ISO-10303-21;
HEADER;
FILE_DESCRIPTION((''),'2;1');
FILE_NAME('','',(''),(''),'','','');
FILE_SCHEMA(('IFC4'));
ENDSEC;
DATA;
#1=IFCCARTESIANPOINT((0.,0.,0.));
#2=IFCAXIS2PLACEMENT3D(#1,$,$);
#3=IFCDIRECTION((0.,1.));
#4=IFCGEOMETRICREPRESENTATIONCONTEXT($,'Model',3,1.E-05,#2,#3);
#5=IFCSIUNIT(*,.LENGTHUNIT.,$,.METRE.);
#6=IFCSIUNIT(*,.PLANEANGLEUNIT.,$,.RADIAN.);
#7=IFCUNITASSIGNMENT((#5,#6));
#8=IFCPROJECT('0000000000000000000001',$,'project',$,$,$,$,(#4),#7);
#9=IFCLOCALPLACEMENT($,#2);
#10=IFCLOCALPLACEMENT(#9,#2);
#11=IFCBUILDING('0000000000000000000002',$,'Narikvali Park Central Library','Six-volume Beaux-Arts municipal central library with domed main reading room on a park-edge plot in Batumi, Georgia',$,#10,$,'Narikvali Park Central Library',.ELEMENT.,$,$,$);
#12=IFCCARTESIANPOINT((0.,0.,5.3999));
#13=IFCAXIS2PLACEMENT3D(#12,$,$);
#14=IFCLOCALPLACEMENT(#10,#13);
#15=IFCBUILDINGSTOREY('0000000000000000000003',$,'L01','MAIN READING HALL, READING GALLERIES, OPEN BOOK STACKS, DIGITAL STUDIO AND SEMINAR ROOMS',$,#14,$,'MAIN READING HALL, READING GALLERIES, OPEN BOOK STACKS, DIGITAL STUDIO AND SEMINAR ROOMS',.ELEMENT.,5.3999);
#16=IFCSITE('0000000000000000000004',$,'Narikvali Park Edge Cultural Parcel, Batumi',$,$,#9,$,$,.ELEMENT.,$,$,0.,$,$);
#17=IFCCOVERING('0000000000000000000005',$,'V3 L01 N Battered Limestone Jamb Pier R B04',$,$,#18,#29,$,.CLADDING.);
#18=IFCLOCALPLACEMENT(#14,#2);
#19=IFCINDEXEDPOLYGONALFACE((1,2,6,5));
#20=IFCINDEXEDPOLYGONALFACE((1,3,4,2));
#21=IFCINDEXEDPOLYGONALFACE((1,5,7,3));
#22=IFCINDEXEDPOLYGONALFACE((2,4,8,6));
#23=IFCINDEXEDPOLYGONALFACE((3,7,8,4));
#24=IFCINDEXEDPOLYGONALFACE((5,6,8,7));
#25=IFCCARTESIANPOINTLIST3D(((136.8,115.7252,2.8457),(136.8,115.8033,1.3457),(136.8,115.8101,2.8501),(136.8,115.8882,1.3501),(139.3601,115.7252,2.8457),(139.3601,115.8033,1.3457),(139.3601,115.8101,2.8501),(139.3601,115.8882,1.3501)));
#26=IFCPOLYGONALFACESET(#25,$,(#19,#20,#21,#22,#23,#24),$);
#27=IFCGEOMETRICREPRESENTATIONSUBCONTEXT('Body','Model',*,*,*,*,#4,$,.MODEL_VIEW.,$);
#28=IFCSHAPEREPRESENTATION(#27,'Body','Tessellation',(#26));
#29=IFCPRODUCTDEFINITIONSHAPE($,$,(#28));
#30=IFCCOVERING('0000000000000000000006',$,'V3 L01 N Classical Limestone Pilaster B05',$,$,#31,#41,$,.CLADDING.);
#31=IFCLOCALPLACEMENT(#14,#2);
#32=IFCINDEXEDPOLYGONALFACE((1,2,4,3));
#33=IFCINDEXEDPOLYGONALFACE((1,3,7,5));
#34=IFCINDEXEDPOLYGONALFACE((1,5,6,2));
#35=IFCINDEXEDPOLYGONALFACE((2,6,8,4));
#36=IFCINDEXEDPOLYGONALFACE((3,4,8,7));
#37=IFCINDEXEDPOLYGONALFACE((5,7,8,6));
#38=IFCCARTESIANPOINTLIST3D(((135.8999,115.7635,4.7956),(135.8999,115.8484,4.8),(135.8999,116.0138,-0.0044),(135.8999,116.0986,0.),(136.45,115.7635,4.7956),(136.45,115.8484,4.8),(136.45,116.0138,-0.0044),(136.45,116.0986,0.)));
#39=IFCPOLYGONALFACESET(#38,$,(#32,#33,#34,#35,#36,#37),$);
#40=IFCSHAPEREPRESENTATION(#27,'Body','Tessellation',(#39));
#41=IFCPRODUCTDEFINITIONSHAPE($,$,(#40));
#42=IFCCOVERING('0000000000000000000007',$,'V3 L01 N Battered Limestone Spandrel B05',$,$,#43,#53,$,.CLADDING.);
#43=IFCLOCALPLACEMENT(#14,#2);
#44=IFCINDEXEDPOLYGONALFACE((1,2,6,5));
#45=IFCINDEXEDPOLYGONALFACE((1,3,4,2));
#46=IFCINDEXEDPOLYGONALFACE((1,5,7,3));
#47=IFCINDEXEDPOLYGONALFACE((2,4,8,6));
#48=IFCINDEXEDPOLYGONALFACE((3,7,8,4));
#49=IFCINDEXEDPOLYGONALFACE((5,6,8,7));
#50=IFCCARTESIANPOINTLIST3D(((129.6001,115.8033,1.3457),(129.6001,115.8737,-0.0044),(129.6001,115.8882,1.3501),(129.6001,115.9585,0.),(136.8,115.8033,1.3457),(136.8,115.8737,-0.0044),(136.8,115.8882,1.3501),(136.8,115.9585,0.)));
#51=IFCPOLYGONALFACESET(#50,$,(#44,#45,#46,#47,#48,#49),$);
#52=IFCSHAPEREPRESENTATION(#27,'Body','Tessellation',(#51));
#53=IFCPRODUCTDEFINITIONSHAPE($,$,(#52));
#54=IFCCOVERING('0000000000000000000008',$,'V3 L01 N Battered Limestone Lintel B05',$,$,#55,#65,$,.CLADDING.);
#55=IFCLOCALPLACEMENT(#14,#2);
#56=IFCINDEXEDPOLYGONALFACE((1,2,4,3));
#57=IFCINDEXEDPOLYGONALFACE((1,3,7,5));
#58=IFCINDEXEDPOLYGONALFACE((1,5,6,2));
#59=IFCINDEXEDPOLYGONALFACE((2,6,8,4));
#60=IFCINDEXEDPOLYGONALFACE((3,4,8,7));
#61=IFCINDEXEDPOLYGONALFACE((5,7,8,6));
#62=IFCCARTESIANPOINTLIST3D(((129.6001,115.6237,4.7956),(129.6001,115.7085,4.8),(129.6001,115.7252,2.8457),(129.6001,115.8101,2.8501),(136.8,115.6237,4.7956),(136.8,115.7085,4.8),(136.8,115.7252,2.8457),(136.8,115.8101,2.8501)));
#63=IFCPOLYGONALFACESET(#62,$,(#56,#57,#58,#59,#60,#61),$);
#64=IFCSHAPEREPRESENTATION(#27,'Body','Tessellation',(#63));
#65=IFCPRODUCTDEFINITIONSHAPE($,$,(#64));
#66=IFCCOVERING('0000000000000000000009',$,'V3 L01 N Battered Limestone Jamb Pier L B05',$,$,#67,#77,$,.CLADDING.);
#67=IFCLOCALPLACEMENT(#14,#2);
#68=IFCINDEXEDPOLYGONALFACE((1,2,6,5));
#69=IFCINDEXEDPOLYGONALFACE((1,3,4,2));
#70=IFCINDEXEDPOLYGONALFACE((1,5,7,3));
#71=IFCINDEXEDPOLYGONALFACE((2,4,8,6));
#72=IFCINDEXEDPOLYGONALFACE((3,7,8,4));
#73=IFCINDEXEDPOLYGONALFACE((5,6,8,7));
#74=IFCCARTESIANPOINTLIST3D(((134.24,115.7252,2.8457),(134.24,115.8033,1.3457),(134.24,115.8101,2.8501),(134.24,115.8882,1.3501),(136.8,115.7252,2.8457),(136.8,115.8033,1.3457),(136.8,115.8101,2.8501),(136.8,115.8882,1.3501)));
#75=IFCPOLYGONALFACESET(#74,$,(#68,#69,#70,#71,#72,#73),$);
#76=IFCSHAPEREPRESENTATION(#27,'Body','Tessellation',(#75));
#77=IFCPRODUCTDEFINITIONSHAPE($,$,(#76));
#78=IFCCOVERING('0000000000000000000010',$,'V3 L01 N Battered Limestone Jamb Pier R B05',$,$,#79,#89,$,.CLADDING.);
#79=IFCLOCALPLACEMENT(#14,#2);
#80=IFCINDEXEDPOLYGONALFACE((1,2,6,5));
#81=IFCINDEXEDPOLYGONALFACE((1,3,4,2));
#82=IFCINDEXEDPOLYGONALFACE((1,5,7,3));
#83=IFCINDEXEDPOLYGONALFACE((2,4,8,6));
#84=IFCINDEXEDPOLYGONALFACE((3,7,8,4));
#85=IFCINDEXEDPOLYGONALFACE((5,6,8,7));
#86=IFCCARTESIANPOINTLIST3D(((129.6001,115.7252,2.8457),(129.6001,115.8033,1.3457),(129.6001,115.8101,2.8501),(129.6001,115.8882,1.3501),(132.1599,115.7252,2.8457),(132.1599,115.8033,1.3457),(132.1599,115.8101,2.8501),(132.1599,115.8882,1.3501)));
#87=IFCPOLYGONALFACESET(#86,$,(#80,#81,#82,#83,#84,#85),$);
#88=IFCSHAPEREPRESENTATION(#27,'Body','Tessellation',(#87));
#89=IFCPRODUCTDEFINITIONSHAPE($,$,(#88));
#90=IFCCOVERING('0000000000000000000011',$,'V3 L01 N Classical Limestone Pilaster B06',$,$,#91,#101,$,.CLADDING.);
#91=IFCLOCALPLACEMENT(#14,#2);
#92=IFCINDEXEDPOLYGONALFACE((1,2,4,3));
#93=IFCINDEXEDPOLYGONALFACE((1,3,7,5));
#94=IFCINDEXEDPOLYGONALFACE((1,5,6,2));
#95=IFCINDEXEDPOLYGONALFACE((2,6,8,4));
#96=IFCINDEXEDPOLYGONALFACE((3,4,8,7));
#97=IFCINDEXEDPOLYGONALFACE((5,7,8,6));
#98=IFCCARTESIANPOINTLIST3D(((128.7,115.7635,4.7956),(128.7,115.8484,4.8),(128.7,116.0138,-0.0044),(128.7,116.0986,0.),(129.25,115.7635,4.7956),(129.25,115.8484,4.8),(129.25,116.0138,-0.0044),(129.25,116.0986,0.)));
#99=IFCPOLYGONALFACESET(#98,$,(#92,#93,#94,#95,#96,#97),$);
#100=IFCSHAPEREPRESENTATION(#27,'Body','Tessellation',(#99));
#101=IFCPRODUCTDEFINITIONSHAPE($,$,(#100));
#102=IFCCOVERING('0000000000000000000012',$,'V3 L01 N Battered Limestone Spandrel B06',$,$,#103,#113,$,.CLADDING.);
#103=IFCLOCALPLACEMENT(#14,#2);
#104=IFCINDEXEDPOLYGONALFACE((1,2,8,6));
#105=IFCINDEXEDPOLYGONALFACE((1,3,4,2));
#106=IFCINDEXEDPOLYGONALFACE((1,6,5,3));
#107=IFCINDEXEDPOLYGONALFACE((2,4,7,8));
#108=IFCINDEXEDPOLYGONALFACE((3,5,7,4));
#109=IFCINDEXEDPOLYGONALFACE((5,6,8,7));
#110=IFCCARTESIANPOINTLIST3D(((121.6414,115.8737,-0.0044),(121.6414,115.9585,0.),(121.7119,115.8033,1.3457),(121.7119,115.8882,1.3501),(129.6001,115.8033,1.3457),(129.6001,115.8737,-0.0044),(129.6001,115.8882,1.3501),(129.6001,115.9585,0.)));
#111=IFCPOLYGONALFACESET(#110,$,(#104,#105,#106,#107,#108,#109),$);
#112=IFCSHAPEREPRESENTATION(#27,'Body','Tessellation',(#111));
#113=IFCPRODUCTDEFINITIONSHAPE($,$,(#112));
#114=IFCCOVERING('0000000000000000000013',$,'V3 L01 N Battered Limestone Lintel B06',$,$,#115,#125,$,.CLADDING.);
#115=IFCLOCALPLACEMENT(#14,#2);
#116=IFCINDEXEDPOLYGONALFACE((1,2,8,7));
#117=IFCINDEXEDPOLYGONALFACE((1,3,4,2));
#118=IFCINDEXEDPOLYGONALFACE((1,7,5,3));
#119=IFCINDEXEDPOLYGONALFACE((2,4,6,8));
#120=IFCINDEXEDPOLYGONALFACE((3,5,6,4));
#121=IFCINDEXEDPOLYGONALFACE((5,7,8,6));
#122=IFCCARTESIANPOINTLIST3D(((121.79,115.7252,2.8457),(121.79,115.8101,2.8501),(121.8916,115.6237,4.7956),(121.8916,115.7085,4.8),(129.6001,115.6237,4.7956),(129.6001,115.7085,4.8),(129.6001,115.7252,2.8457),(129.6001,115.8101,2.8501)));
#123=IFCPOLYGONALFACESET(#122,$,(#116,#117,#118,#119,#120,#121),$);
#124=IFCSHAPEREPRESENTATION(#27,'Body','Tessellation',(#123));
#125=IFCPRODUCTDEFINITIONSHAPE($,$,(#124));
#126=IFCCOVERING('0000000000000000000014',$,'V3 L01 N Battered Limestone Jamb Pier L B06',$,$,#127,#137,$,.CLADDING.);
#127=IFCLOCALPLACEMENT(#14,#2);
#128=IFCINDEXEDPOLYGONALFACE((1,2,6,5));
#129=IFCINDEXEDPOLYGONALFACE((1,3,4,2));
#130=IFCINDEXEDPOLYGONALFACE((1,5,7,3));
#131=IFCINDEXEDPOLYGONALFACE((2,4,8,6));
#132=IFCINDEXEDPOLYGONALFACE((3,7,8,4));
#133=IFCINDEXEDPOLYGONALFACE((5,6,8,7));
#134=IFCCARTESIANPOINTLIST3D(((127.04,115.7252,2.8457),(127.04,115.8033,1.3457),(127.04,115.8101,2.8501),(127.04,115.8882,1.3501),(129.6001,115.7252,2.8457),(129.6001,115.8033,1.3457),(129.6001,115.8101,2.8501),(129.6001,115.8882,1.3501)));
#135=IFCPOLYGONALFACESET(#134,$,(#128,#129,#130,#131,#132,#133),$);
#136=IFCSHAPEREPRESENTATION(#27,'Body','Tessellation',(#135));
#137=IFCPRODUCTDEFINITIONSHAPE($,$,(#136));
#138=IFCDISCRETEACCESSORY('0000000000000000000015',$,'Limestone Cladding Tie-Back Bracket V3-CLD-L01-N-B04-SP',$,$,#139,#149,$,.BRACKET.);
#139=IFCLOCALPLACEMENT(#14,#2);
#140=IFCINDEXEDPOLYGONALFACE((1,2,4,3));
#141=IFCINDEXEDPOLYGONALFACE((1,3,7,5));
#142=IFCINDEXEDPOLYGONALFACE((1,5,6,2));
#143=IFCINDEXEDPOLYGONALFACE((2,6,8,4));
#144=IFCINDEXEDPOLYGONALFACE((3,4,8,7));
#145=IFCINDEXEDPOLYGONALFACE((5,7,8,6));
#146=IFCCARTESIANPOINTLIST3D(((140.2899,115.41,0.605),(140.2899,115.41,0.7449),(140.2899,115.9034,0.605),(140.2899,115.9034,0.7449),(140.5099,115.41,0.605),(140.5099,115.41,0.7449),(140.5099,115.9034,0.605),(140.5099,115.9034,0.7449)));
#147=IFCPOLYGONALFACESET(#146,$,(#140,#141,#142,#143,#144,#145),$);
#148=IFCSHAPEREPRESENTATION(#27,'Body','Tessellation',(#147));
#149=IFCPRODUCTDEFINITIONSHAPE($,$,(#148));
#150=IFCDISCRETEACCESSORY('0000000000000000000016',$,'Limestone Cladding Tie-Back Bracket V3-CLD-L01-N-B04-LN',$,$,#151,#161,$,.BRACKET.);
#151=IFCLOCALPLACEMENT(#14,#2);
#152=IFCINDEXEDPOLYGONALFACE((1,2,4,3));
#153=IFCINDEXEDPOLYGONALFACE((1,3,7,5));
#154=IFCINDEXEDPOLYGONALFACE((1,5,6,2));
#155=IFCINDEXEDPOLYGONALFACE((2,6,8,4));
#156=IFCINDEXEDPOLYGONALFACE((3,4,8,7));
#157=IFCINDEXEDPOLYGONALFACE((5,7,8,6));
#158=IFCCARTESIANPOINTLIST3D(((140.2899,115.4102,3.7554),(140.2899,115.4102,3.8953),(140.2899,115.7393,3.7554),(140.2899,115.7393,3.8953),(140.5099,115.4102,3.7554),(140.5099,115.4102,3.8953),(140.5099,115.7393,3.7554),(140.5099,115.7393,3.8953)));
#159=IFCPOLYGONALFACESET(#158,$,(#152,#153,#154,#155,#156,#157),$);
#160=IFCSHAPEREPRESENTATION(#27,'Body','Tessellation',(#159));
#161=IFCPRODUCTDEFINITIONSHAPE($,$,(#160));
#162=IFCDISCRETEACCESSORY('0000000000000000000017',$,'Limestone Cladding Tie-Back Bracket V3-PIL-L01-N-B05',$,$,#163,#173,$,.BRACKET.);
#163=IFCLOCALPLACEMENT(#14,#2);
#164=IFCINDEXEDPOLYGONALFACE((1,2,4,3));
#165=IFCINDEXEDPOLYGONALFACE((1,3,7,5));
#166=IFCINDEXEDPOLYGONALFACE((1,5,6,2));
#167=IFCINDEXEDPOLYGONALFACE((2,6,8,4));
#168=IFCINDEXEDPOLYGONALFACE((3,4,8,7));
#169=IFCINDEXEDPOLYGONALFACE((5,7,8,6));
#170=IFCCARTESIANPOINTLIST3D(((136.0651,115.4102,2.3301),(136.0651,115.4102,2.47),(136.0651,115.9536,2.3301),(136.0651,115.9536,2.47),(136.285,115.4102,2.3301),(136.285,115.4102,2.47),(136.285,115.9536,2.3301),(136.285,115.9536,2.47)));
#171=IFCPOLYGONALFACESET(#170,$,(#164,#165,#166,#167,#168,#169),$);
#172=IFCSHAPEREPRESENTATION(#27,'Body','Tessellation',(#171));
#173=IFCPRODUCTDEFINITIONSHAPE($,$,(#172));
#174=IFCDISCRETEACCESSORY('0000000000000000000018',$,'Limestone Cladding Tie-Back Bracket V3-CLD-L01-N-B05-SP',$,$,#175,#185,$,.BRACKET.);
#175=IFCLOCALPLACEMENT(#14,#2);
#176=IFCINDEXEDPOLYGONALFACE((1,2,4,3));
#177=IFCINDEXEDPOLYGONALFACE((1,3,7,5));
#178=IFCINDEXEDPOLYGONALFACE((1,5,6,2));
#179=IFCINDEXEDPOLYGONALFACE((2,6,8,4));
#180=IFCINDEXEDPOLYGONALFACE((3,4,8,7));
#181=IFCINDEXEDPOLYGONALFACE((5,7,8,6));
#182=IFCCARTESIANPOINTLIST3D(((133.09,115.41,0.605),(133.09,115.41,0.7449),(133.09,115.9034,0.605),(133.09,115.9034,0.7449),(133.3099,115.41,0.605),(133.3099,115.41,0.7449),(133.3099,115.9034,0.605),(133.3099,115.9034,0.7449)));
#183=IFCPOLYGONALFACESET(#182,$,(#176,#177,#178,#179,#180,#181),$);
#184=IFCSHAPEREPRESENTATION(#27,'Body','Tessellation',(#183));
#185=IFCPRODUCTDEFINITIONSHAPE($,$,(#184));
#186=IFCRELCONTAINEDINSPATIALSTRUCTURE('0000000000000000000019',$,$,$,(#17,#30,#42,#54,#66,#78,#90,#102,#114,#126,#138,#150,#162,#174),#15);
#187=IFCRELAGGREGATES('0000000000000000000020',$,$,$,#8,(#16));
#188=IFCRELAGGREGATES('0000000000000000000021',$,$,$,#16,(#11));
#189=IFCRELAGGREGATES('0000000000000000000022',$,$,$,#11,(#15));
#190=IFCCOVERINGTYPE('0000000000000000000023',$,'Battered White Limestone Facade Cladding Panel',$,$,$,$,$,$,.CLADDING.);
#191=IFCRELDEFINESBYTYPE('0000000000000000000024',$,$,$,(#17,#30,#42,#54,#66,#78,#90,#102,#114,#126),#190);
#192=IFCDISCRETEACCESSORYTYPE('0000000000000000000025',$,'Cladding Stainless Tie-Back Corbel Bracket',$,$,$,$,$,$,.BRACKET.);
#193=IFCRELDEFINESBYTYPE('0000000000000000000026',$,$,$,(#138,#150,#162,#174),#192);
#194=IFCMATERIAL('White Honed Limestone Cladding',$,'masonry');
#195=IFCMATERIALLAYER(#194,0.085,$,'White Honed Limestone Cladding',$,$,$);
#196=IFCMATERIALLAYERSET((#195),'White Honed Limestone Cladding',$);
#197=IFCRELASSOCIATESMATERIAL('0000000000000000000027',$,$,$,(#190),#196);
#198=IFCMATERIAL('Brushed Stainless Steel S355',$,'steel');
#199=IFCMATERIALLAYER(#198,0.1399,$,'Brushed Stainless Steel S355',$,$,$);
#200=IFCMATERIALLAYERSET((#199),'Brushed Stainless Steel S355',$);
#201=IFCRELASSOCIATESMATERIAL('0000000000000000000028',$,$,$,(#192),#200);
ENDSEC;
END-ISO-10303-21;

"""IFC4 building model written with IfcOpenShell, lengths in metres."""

from ifc_helpers import new_model, si_unit, direction, frame, origin, origin_2d, place, context, subcontext, project, spatial, polyline, rectangle, outline, extrude, material, layer, layer_set, type_object, element, save


model = new_model("IFC4")

# Units and contexts
model_context = context("Model", 3, precision=1e-05, world=origin(), true_north=direction((0.0, 1.0)))
body_context = subcontext(model_context, "Body", "Model", "MODEL_VIEW")
ifc_project = project(units=[si_unit("LENGTHUNIT", "METRE"), si_unit("PLANEANGLEUNIT", "RADIAN")], contexts=[model_context])

# Site, building, storey
site_placement = place(None, origin())
site = spatial("IfcSite", under=ifc_project, at=site_placement, Name="Narikvali Park Edge Cultural Parcel, Batumi", CompositionType="ELEMENT", RefElevation=0.0)
building_placement = place(site_placement, origin())
building = spatial("IfcBuilding", under=site, at=building_placement, Name="Narikvali Park Central Library", Description="Six-volume Beaux-Arts municipal central library with domed main reading room on a park-edge plot in Batumi, Georgia", LongName="Narikvali Park Central Library", CompositionType="ELEMENT")
storey_placement = place(building_placement, frame((0.0, 0.0, 5.3999)))
storey = spatial("IfcBuildingStorey", under=building, at=storey_placement, Name="L01", Description="MAIN READING HALL, READING GALLERIES, OPEN BOOK STACKS, DIGITAL STUDIO AND SEMINAR ROOMS", LongName="MAIN READING HALL, READING GALLERIES, OPEN BOOK STACKS, DIGITAL STUDIO AND SEMINAR ROOMS", CompositionType="ELEMENT", Elevation=5.3999)

# Coverings
ifc_material_1 = material(Name="White Honed Limestone Cladding", Category="masonry")
ifc_layer_1 = layer(ifc_material_1, 0.085, Name="White Honed Limestone Cladding")
ifc_layer_set_1 = layer_set([ifc_layer_1], Name="White Honed Limestone Cladding")
covering_type = type_object("IfcCoveringType", Name="Battered White Limestone Facade Cladding Panel", PredefinedType="CLADDING", material=ifc_layer_set_1)
covering_1_placement = place(storey_placement, frame((139.3601, 115.8882, 1.3501), z_axis=(0.0, 0.998646, 0.052013), x_axis=(-1.0, 0.0, 0.0)))
element("IfcCovering", 1, at=covering_1_placement, inside=storey, type_object=covering_type, Name="V3 L01 N Battered Limestone Jamb Pier R B04", PredefinedType="CLADDING", context=body_context, shape_type="SweptSolid", body=[
    extrude(outline(polyline([(0.0, 0.0), (2.5601, 0.0), (2.5601, 1.502), (0.0, 1.502), (0.0, 0.0)])), origin(), (0.0, 0.0, -1.0), 0.085),
])
covering_2_placement = place(storey_placement, frame((136.45, 116.0986, 0.0), z_axis=(0.0, 0.998644, 0.052063), x_axis=(-1.0, 0.0, 0.0)))
element("IfcCovering", 2, at=covering_2_placement, inside=storey, type_object=covering_type, Name="V3 L01 N Classical Limestone Pilaster B05", PredefinedType="CLADDING", context=body_context, shape_type="SweptSolid", body=[
    extrude(outline(polyline([(0.0, 0.0), (0.55, 0.0), (0.55, 4.8066), (0.0, 4.8066), (0.0, 0.0)])), origin(), (0.0, 0.0, -1.0), 0.085),
])
covering_3_placement = place(storey_placement, frame((136.8, 115.9585, 0.0), z_axis=(0.0, 0.998647, 0.052009), x_axis=(-1.0, 0.0, 0.0)))
element("IfcCovering", 3, at=covering_3_placement, inside=storey, type_object=covering_type, Name="V3 L01 N Battered Limestone Spandrel B05", PredefinedType="CLADDING", context=body_context, shape_type="SweptSolid", body=[
    extrude(outline(polyline([(0.0, 0.0), (7.2, 0.0), (7.2, 1.3519), (0.0, 1.3519), (0.0, 0.0)])), origin(), (0.0, 0.0, -1.0), 0.085),
])
covering_4_placement = place(storey_placement, frame((136.8, 115.8101, 2.8501), z_axis=(0.0, 0.998646, 0.052014), x_axis=(-1.0, 0.0, 0.0)))
element("IfcCovering", 4, at=covering_4_placement, inside=storey, type_object=covering_type, Name="V3 L01 N Battered Limestone Lintel B05", PredefinedType="CLADDING", context=body_context, shape_type="SweptSolid", body=[
    extrude(outline(polyline([(0.0, 0.0), (7.2, 0.0), (7.2, 1.9526), (0.0, 1.9526), (0.0, 0.0)])), origin(), (0.0, 0.0, -1.0), 0.085),
])
covering_5_placement = place(storey_placement, frame((136.8, 115.8882, 1.3501), z_axis=(0.0, 0.998646, 0.052013), x_axis=(-1.0, 0.0, 0.0)))
element("IfcCovering", 5, at=covering_5_placement, inside=storey, type_object=covering_type, Name="V3 L01 N Battered Limestone Jamb Pier L B05", PredefinedType="CLADDING", context=body_context, shape_type="SweptSolid", body=[
    extrude(outline(polyline([(0.0, 0.0), (2.5601, 0.0), (2.5601, 1.502), (0.0, 1.502), (0.0, 0.0)])), origin(), (0.0, 0.0, -1.0), 0.085),
])
covering_6_placement = place(storey_placement, frame((132.1599, 115.8882, 1.3501), z_axis=(0.0, 0.998646, 0.052013), x_axis=(-1.0, 0.0, 0.0)))
element("IfcCovering", 6, at=covering_6_placement, inside=storey, type_object=covering_type, Name="V3 L01 N Battered Limestone Jamb Pier R B05", PredefinedType="CLADDING", context=body_context, shape_type="SweptSolid", body=[
    extrude(outline(polyline([(0.0, 0.0), (2.5598, 0.0), (2.5598, 1.502), (0.0, 1.502), (0.0, 0.0)])), origin(), (0.0, 0.0, -1.0), 0.085),
])
covering_7_placement = place(storey_placement, frame((129.25, 116.0986, 0.0), z_axis=(0.0, 0.998644, 0.052063), x_axis=(-1.0, 0.0, 0.0)))
element("IfcCovering", 7, at=covering_7_placement, inside=storey, type_object=covering_type, Name="V3 L01 N Classical Limestone Pilaster B06", PredefinedType="CLADDING", context=body_context, shape_type="SweptSolid", body=[
    extrude(outline(polyline([(0.0, 0.0), (0.55, 0.0), (0.55, 4.8066), (0.0, 4.8066), (0.0, 0.0)])), origin(), (0.0, 0.0, -1.0), 0.085),
])
covering_8_placement = place(storey_placement, frame((129.6001, 115.9585, 0.0), z_axis=(0.0, 0.998647, 0.052009), x_axis=(-1.0, 0.0, 0.0)))
element("IfcCovering", 8, at=covering_8_placement, inside=storey, type_object=covering_type, Name="V3 L01 N Battered Limestone Spandrel B06", PredefinedType="CLADDING", context=body_context, shape_type="SweptSolid", body=[
    extrude(outline(polyline([(0.0, 0.0), (7.9587, 0.0), (7.8882, 1.3519), (0.0, 1.3519), (0.0, 0.0)])), origin(), (0.0, 0.0, -1.0), 0.085),
])
covering_9_placement = place(storey_placement, frame((129.6001, 115.8101, 2.8501), z_axis=(0.0, 0.998646, 0.052014), x_axis=(-1.0, 0.0, 0.0)))
element("IfcCovering", 9, at=covering_9_placement, inside=storey, type_object=covering_type, Name="V3 L01 N Battered Limestone Lintel B06", PredefinedType="CLADDING", context=body_context, shape_type="SweptSolid", body=[
    extrude(outline(polyline([(0.0, 0.0), (7.8101, 0.0), (7.7085, 1.9526), (0.0, 1.9526), (0.0, 0.0)])), origin(), (0.0, 0.0, -1.0), 0.085),
])
covering_10_placement = place(storey_placement, frame((129.6001, 115.8882, 1.3501), z_axis=(0.0, 0.998646, 0.052013), x_axis=(-1.0, 0.0, 0.0)))
element("IfcCovering", 10, at=covering_10_placement, inside=storey, type_object=covering_type, Name="V3 L01 N Battered Limestone Jamb Pier L B06", PredefinedType="CLADDING", context=body_context, shape_type="SweptSolid", body=[
    extrude(outline(polyline([(0.0, 0.0), (2.5601, 0.0), (2.5601, 1.502), (0.0, 1.502), (0.0, 0.0)])), origin(), (0.0, 0.0, -1.0), 0.085),
])

# Discrete accessories
ifc_material_2 = material(Name="Brushed Stainless Steel S355", Category="steel")
ifc_layer_2 = layer(ifc_material_2, 0.1399, Name="Brushed Stainless Steel S355")
ifc_layer_set_2 = layer_set([ifc_layer_2], Name="Brushed Stainless Steel S355")
discrete_accessory_type = type_object("IfcDiscreteAccessoryType", Name="Cladding Stainless Tie-Back Corbel Bracket", PredefinedType="BRACKET", material=ifc_layer_set_2)
discrete_accessory_1_placement = place(storey_placement, frame((140.3999, 115.6567, 0.605), z_axis=(0.0, 0.0, 1.0), x_axis=(1.0, 0.0, 0.0)))
element("IfcDiscreteAccessory", 11, at=discrete_accessory_1_placement, inside=storey, type_object=discrete_accessory_type, Name="Limestone Cladding Tie-Back Bracket V3-CLD-L01-N-B04-SP", PredefinedType="BRACKET", context=body_context, shape_type="SweptSolid", body=[
    extrude(rectangle(XDim=0.22, YDim=0.4934, at=origin_2d()), origin(), (0.0, 0.0, 1.0), 0.1399),
])
discrete_accessory_2_placement = place(storey_placement, frame((140.3999, 115.5747, 3.7554), z_axis=(0.0, 0.0, 1.0), x_axis=(1.0, 0.0, 0.0)))
element("IfcDiscreteAccessory", 12, at=discrete_accessory_2_placement, inside=storey, type_object=discrete_accessory_type, Name="Limestone Cladding Tie-Back Bracket V3-CLD-L01-N-B04-LN", PredefinedType="BRACKET", context=body_context, shape_type="SweptSolid", body=[
    extrude(rectangle(XDim=0.22, YDim=0.3291, at=origin_2d()), origin(), (0.0, 0.0, 1.0), 0.1399),
])
discrete_accessory_3_placement = place(storey_placement, frame((136.175, 115.6819, 2.3301), z_axis=(0.0, 0.0, 1.0), x_axis=(1.0, 0.0, 0.0)))
element("IfcDiscreteAccessory", 13, at=discrete_accessory_3_placement, inside=storey, type_object=discrete_accessory_type, Name="Limestone Cladding Tie-Back Bracket V3-PIL-L01-N-B05", PredefinedType="BRACKET", context=body_context, shape_type="SweptSolid", body=[
    extrude(rectangle(XDim=0.22, YDim=0.5435, at=origin_2d()), origin(), (0.0, 0.0, 1.0), 0.1399),
])
discrete_accessory_4_placement = place(storey_placement, frame((133.2, 115.6567, 0.605), z_axis=(0.0, 0.0, 1.0), x_axis=(1.0, 0.0, 0.0)))
element("IfcDiscreteAccessory", 14, at=discrete_accessory_4_placement, inside=storey, type_object=discrete_accessory_type, Name="Limestone Cladding Tie-Back Bracket V3-CLD-L01-N-B05-SP", PredefinedType="BRACKET", context=body_context, shape_type="SweptSolid", body=[
    extrude(rectangle(XDim=0.22, YDim=0.4934, at=origin_2d()), origin(), (0.0, 0.0, 1.0), 0.1399),
])

save(model, "model.ifc")
